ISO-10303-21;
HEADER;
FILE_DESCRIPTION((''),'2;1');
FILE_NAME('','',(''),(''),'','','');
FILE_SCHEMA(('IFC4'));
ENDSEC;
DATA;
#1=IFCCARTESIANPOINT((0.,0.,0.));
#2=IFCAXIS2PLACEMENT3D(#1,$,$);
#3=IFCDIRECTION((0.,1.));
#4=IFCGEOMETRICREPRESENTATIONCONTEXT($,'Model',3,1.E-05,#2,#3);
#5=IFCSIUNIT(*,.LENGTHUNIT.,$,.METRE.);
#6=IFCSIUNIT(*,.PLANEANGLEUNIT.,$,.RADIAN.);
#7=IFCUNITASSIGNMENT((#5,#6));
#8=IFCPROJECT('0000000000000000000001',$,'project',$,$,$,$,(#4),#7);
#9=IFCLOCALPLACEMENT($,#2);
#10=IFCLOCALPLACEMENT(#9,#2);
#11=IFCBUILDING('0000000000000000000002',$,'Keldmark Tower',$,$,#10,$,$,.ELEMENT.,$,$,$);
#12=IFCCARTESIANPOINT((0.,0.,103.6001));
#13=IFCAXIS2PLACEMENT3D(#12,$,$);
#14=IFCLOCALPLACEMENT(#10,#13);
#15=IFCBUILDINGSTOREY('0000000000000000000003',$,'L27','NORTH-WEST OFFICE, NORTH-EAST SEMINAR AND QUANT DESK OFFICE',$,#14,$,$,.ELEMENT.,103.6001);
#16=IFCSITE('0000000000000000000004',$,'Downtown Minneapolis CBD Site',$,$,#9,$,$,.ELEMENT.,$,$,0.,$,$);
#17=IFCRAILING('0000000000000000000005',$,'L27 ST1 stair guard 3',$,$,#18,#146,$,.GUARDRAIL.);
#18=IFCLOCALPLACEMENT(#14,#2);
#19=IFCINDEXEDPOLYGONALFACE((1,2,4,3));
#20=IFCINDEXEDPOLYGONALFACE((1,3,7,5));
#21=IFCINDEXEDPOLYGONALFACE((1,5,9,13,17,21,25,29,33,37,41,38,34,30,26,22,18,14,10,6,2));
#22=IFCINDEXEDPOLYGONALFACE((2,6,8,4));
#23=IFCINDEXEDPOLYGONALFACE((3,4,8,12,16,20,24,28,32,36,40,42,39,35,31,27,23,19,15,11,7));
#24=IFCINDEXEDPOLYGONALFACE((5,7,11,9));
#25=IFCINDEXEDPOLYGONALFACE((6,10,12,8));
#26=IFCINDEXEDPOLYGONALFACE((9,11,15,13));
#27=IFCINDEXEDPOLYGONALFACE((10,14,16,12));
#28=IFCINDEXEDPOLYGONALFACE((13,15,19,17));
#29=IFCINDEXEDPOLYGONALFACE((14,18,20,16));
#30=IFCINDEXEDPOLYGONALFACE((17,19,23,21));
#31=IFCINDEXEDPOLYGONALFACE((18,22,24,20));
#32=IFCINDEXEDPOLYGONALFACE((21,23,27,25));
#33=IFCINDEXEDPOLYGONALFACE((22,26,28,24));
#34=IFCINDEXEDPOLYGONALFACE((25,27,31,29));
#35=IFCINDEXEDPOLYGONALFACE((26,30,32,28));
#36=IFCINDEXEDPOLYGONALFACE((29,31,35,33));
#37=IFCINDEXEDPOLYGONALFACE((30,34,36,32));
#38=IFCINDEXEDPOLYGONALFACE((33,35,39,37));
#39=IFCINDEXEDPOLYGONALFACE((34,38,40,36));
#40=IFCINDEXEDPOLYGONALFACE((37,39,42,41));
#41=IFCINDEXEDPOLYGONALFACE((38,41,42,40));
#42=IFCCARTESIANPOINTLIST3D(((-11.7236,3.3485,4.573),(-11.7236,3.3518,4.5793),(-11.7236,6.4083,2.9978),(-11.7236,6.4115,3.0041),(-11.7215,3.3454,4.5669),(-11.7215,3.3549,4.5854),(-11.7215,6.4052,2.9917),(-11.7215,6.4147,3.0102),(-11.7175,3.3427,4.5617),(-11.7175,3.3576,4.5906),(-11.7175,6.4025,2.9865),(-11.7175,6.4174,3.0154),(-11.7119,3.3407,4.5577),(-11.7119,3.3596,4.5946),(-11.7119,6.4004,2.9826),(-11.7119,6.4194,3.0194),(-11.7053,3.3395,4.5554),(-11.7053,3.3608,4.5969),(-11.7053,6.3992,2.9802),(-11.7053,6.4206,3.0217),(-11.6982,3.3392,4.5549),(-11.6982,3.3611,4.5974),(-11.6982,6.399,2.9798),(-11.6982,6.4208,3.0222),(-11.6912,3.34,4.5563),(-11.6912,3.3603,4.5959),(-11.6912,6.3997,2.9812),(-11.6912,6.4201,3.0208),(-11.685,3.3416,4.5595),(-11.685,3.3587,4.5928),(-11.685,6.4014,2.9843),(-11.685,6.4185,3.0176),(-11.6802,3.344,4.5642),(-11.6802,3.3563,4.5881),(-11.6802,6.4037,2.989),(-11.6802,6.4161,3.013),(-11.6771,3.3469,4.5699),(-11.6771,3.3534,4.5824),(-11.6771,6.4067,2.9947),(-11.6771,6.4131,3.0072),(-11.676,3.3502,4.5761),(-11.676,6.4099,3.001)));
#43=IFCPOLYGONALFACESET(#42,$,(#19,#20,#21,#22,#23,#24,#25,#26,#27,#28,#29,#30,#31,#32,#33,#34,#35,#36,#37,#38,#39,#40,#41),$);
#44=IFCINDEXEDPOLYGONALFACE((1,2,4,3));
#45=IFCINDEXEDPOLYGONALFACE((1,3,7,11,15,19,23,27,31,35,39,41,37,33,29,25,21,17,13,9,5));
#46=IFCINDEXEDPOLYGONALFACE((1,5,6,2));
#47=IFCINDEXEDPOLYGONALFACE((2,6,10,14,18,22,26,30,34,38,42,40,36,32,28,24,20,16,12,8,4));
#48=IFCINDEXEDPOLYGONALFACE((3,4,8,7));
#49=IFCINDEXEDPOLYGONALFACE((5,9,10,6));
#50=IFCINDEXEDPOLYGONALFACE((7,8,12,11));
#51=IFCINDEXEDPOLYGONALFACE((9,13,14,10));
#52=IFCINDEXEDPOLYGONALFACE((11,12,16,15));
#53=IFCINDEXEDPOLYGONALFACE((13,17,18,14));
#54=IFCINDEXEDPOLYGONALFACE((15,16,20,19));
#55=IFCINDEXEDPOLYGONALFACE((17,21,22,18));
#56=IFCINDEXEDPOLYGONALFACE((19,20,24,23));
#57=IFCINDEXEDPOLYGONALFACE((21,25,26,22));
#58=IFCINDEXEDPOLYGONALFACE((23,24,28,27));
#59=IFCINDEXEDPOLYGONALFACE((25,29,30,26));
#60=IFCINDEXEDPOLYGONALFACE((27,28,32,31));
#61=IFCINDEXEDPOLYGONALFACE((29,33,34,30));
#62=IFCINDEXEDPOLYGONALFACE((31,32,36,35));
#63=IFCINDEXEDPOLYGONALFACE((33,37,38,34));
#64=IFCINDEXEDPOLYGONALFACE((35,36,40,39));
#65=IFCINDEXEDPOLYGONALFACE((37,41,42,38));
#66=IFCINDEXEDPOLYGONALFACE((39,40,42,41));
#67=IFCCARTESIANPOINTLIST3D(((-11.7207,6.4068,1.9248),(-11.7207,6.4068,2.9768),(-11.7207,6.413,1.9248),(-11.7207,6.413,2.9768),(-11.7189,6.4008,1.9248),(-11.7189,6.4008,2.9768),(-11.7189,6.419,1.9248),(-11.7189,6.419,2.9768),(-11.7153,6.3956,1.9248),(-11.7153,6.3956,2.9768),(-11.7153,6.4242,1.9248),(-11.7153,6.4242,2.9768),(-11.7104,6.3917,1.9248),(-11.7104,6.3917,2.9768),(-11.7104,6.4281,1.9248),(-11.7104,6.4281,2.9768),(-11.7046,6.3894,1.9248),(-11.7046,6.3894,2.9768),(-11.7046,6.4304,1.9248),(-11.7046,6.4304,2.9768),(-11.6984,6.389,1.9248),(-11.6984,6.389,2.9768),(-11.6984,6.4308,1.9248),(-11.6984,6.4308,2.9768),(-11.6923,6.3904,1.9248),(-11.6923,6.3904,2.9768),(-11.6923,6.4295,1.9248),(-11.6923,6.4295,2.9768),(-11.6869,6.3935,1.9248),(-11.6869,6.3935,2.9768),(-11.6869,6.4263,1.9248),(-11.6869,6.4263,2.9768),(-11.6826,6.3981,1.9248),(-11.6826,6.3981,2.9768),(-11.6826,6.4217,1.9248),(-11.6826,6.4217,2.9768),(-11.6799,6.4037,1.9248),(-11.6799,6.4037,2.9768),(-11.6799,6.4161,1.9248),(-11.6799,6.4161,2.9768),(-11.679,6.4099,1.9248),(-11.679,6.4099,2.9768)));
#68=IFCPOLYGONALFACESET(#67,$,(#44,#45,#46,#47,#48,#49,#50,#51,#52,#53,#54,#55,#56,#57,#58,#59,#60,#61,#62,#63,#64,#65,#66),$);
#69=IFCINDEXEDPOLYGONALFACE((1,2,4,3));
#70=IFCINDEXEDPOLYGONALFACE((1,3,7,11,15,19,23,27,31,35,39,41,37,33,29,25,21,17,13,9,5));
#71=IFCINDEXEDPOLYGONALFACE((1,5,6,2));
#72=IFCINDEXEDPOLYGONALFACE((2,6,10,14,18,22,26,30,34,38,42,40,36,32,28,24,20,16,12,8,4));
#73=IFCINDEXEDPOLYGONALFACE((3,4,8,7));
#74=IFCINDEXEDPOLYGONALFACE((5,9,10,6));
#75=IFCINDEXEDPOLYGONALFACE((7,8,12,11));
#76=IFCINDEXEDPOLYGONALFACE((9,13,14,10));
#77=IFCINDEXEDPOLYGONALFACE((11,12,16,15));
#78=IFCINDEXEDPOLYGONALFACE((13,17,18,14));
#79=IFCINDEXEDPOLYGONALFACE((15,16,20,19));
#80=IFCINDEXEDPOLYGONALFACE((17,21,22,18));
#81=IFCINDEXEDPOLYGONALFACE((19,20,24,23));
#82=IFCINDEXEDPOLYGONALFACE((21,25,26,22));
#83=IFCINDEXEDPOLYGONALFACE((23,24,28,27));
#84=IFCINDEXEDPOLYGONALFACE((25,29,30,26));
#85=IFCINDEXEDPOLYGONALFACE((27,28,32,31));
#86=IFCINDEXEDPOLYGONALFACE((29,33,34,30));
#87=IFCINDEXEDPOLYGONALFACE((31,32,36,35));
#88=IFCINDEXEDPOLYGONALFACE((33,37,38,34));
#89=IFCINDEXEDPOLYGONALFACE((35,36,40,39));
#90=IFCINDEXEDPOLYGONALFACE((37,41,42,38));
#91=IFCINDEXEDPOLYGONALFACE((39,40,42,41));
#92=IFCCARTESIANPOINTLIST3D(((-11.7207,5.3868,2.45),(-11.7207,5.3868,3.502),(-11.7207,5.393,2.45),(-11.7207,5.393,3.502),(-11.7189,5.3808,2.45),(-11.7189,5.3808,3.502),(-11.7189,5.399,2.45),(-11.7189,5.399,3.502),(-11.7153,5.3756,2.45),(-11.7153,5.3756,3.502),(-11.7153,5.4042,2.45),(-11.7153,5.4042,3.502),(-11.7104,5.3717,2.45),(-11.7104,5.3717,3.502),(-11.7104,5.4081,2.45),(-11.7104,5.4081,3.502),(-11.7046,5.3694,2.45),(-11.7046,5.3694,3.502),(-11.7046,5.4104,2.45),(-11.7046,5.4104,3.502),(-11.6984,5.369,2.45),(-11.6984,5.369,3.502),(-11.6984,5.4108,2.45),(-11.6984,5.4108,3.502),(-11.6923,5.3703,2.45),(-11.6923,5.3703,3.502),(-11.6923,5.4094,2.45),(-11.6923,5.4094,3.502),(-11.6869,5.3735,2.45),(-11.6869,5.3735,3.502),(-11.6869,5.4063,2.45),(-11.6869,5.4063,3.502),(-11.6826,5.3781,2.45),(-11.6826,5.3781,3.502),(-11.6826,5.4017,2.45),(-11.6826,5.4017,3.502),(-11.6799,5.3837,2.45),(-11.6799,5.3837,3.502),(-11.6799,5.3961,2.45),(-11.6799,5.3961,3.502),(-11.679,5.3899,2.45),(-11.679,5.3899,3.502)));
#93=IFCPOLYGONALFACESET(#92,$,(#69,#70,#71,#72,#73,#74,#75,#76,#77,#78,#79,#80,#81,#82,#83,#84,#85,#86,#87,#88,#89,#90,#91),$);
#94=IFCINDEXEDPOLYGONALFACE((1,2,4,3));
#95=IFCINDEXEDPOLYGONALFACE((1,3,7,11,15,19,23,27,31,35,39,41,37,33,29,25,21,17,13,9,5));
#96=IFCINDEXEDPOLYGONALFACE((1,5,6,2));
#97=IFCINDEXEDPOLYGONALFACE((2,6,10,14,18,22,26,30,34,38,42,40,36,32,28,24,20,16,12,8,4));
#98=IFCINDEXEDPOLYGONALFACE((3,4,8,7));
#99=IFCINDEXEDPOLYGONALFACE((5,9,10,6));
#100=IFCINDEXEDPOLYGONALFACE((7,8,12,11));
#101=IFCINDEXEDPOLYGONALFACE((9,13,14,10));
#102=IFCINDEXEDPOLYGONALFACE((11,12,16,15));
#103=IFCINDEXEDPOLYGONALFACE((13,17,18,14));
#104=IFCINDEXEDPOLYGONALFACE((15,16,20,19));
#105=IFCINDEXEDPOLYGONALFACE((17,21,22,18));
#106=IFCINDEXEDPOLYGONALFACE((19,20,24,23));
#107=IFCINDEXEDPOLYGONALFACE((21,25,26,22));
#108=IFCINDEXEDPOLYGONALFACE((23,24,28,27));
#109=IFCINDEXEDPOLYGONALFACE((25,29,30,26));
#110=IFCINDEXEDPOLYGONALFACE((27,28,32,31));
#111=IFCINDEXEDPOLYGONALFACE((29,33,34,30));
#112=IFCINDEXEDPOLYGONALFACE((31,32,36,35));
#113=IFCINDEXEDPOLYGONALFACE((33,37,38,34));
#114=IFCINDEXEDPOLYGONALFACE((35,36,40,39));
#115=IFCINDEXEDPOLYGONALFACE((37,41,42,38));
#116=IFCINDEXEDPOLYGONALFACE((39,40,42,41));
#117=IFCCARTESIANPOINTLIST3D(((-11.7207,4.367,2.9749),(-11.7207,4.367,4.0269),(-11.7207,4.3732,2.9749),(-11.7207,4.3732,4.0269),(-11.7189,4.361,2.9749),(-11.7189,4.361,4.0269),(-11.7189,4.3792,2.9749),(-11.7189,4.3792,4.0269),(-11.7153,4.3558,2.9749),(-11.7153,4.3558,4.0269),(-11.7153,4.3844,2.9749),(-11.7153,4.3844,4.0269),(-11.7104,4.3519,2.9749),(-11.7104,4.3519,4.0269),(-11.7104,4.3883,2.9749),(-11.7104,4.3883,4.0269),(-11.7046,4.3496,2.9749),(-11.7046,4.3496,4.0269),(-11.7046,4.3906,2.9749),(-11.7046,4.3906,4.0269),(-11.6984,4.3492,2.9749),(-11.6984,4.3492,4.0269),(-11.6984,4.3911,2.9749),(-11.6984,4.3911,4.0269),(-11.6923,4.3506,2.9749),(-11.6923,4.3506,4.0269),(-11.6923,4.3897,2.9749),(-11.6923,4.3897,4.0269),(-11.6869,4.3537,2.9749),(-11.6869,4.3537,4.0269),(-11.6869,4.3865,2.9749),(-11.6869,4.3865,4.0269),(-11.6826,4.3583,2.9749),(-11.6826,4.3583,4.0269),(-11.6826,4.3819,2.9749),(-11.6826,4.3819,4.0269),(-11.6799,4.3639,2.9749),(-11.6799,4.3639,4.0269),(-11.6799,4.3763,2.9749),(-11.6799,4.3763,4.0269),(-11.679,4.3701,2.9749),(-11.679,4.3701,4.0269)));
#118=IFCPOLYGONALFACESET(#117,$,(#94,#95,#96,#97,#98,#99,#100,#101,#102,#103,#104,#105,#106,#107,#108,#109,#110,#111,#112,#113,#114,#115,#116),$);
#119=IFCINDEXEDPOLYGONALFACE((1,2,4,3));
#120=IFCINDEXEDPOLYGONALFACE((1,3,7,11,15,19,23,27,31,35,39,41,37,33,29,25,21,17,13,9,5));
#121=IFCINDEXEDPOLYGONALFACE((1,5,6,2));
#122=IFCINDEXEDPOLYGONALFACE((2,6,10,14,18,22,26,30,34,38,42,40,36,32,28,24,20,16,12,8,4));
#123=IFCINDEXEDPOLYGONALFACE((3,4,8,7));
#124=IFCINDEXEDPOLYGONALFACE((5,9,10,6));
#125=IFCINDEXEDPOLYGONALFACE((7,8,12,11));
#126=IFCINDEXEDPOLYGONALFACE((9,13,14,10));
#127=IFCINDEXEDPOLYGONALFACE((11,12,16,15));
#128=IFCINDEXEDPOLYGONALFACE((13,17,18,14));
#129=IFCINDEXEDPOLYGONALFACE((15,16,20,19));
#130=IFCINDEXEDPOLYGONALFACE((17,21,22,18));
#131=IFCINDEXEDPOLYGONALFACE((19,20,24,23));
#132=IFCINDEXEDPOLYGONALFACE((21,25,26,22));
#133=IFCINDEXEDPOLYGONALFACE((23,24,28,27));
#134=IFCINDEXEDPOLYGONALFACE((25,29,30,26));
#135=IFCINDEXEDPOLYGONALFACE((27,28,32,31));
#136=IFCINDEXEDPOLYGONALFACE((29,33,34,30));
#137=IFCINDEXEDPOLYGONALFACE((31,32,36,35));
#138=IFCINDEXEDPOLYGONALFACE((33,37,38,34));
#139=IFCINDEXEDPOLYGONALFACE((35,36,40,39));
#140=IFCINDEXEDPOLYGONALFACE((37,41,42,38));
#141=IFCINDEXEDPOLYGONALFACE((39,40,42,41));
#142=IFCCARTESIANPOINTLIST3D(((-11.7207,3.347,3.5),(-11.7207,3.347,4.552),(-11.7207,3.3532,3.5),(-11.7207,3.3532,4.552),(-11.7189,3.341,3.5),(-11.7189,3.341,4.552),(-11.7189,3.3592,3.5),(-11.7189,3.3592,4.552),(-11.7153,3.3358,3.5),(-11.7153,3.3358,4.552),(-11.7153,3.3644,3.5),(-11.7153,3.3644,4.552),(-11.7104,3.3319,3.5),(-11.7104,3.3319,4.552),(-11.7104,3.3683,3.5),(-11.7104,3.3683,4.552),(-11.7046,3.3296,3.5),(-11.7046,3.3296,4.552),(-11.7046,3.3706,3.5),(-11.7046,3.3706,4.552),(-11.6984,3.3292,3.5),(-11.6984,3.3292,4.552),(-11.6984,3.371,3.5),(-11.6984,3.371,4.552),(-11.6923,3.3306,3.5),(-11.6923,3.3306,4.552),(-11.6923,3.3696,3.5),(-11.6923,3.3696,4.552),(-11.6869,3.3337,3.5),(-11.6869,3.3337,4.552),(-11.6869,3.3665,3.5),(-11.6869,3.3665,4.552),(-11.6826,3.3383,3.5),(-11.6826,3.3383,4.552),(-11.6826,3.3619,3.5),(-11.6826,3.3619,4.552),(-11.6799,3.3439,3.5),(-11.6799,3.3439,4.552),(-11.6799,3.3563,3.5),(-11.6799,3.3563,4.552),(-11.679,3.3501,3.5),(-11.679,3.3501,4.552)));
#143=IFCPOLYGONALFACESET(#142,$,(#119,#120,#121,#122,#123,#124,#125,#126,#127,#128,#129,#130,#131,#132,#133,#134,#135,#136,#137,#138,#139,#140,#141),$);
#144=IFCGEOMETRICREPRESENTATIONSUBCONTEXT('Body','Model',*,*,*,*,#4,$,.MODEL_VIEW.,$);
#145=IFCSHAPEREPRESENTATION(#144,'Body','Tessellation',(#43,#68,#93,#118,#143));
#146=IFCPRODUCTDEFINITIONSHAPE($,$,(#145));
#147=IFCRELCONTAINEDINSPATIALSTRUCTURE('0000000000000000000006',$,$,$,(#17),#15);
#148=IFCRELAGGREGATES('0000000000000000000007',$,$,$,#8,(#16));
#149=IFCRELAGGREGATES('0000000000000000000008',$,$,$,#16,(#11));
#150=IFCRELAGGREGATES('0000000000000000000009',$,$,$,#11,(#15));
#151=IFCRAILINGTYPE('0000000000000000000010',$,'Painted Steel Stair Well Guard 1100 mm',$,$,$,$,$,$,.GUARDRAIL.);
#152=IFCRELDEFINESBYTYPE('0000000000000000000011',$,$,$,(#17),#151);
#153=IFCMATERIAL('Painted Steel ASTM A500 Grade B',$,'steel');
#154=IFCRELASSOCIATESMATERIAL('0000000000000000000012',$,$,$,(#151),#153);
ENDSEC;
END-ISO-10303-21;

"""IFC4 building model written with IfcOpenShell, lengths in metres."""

from ifc_helpers import new_model, si_unit, direction, frame, origin, origin_2d, place, context, subcontext, project, spatial, circle, extrude, material, type_object, element, save


model = new_model("IFC4")

# Units and contexts
model_context = context("Model", 3, precision=1e-05, world=origin(), true_north=direction((0.0, 1.0)))
body_context = subcontext(model_context, "Body", "Model", "MODEL_VIEW")
ifc_project = project(units=[si_unit("LENGTHUNIT", "METRE"), si_unit("PLANEANGLEUNIT", "RADIAN")], contexts=[model_context])

# Site, building, storey
site_placement = place(None, origin())
site = spatial("IfcSite", under=ifc_project, at=site_placement, Name="Downtown Minneapolis CBD Site", CompositionType="ELEMENT", RefElevation=0.0)
building_placement = place(site_placement, origin())
building = spatial("IfcBuilding", under=site, at=building_placement, Name="Keldmark Tower", CompositionType="ELEMENT")
storey_placement = place(building_placement, frame((0.0, 0.0, 103.6001)))
storey = spatial("IfcBuildingStorey", under=building, at=storey_placement, Name="L27", Description="NORTH-WEST OFFICE, NORTH-EAST SEMINAR AND QUANT DESK OFFICE", CompositionType="ELEMENT", Elevation=103.6001)

# Railing
ifc_material_1 = material(Name="Painted Steel ASTM A500 Grade B", Category="steel")
railing_type_1 = type_object("IfcRailingType", Name="Painted Steel Stair Well Guard 1100 mm", PredefinedType="GUARDRAIL", material=ifc_material_1)
railing_1_placement = place(storey_placement, frame((-11.7, 6.4099, 1.9248)))
element("IfcRailing", 1, at=railing_1_placement, inside=storey, type_object=railing_type_1, Name="L27 ST1 stair guard 3", PredefinedType="GUARDRAIL", context=body_context, shape_type="SweptSolid", body=[
    extrude(circle(Radius=0.0239, at=origin_2d()), frame((0.0, 0.0, 1.0762), z_axis=(0.0, -0.889101, 0.45771), x_axis=(1.0, 0.0, 0.0)), (0.0, 0.0, 1.0), 3.4414),
    extrude(circle(Radius=0.021, at=origin_2d()), origin(), (0.0, 0.0, 1.0), 1.052),
    extrude(circle(Radius=0.021, at=origin_2d()), frame((0.0, -1.02, 0.5251)), (0.0, 0.0, 1.0), 1.052),
    extrude(circle(Radius=0.021, at=origin_2d()), frame((0.0, -2.0398, 1.05)), (0.0, 0.0, 1.0), 1.052),
    extrude(circle(Radius=0.021, at=origin_2d()), frame((0.0, -3.0598, 1.5752)), (0.0, 0.0, 1.0), 1.052),
])

save(model, "model.ifc")
